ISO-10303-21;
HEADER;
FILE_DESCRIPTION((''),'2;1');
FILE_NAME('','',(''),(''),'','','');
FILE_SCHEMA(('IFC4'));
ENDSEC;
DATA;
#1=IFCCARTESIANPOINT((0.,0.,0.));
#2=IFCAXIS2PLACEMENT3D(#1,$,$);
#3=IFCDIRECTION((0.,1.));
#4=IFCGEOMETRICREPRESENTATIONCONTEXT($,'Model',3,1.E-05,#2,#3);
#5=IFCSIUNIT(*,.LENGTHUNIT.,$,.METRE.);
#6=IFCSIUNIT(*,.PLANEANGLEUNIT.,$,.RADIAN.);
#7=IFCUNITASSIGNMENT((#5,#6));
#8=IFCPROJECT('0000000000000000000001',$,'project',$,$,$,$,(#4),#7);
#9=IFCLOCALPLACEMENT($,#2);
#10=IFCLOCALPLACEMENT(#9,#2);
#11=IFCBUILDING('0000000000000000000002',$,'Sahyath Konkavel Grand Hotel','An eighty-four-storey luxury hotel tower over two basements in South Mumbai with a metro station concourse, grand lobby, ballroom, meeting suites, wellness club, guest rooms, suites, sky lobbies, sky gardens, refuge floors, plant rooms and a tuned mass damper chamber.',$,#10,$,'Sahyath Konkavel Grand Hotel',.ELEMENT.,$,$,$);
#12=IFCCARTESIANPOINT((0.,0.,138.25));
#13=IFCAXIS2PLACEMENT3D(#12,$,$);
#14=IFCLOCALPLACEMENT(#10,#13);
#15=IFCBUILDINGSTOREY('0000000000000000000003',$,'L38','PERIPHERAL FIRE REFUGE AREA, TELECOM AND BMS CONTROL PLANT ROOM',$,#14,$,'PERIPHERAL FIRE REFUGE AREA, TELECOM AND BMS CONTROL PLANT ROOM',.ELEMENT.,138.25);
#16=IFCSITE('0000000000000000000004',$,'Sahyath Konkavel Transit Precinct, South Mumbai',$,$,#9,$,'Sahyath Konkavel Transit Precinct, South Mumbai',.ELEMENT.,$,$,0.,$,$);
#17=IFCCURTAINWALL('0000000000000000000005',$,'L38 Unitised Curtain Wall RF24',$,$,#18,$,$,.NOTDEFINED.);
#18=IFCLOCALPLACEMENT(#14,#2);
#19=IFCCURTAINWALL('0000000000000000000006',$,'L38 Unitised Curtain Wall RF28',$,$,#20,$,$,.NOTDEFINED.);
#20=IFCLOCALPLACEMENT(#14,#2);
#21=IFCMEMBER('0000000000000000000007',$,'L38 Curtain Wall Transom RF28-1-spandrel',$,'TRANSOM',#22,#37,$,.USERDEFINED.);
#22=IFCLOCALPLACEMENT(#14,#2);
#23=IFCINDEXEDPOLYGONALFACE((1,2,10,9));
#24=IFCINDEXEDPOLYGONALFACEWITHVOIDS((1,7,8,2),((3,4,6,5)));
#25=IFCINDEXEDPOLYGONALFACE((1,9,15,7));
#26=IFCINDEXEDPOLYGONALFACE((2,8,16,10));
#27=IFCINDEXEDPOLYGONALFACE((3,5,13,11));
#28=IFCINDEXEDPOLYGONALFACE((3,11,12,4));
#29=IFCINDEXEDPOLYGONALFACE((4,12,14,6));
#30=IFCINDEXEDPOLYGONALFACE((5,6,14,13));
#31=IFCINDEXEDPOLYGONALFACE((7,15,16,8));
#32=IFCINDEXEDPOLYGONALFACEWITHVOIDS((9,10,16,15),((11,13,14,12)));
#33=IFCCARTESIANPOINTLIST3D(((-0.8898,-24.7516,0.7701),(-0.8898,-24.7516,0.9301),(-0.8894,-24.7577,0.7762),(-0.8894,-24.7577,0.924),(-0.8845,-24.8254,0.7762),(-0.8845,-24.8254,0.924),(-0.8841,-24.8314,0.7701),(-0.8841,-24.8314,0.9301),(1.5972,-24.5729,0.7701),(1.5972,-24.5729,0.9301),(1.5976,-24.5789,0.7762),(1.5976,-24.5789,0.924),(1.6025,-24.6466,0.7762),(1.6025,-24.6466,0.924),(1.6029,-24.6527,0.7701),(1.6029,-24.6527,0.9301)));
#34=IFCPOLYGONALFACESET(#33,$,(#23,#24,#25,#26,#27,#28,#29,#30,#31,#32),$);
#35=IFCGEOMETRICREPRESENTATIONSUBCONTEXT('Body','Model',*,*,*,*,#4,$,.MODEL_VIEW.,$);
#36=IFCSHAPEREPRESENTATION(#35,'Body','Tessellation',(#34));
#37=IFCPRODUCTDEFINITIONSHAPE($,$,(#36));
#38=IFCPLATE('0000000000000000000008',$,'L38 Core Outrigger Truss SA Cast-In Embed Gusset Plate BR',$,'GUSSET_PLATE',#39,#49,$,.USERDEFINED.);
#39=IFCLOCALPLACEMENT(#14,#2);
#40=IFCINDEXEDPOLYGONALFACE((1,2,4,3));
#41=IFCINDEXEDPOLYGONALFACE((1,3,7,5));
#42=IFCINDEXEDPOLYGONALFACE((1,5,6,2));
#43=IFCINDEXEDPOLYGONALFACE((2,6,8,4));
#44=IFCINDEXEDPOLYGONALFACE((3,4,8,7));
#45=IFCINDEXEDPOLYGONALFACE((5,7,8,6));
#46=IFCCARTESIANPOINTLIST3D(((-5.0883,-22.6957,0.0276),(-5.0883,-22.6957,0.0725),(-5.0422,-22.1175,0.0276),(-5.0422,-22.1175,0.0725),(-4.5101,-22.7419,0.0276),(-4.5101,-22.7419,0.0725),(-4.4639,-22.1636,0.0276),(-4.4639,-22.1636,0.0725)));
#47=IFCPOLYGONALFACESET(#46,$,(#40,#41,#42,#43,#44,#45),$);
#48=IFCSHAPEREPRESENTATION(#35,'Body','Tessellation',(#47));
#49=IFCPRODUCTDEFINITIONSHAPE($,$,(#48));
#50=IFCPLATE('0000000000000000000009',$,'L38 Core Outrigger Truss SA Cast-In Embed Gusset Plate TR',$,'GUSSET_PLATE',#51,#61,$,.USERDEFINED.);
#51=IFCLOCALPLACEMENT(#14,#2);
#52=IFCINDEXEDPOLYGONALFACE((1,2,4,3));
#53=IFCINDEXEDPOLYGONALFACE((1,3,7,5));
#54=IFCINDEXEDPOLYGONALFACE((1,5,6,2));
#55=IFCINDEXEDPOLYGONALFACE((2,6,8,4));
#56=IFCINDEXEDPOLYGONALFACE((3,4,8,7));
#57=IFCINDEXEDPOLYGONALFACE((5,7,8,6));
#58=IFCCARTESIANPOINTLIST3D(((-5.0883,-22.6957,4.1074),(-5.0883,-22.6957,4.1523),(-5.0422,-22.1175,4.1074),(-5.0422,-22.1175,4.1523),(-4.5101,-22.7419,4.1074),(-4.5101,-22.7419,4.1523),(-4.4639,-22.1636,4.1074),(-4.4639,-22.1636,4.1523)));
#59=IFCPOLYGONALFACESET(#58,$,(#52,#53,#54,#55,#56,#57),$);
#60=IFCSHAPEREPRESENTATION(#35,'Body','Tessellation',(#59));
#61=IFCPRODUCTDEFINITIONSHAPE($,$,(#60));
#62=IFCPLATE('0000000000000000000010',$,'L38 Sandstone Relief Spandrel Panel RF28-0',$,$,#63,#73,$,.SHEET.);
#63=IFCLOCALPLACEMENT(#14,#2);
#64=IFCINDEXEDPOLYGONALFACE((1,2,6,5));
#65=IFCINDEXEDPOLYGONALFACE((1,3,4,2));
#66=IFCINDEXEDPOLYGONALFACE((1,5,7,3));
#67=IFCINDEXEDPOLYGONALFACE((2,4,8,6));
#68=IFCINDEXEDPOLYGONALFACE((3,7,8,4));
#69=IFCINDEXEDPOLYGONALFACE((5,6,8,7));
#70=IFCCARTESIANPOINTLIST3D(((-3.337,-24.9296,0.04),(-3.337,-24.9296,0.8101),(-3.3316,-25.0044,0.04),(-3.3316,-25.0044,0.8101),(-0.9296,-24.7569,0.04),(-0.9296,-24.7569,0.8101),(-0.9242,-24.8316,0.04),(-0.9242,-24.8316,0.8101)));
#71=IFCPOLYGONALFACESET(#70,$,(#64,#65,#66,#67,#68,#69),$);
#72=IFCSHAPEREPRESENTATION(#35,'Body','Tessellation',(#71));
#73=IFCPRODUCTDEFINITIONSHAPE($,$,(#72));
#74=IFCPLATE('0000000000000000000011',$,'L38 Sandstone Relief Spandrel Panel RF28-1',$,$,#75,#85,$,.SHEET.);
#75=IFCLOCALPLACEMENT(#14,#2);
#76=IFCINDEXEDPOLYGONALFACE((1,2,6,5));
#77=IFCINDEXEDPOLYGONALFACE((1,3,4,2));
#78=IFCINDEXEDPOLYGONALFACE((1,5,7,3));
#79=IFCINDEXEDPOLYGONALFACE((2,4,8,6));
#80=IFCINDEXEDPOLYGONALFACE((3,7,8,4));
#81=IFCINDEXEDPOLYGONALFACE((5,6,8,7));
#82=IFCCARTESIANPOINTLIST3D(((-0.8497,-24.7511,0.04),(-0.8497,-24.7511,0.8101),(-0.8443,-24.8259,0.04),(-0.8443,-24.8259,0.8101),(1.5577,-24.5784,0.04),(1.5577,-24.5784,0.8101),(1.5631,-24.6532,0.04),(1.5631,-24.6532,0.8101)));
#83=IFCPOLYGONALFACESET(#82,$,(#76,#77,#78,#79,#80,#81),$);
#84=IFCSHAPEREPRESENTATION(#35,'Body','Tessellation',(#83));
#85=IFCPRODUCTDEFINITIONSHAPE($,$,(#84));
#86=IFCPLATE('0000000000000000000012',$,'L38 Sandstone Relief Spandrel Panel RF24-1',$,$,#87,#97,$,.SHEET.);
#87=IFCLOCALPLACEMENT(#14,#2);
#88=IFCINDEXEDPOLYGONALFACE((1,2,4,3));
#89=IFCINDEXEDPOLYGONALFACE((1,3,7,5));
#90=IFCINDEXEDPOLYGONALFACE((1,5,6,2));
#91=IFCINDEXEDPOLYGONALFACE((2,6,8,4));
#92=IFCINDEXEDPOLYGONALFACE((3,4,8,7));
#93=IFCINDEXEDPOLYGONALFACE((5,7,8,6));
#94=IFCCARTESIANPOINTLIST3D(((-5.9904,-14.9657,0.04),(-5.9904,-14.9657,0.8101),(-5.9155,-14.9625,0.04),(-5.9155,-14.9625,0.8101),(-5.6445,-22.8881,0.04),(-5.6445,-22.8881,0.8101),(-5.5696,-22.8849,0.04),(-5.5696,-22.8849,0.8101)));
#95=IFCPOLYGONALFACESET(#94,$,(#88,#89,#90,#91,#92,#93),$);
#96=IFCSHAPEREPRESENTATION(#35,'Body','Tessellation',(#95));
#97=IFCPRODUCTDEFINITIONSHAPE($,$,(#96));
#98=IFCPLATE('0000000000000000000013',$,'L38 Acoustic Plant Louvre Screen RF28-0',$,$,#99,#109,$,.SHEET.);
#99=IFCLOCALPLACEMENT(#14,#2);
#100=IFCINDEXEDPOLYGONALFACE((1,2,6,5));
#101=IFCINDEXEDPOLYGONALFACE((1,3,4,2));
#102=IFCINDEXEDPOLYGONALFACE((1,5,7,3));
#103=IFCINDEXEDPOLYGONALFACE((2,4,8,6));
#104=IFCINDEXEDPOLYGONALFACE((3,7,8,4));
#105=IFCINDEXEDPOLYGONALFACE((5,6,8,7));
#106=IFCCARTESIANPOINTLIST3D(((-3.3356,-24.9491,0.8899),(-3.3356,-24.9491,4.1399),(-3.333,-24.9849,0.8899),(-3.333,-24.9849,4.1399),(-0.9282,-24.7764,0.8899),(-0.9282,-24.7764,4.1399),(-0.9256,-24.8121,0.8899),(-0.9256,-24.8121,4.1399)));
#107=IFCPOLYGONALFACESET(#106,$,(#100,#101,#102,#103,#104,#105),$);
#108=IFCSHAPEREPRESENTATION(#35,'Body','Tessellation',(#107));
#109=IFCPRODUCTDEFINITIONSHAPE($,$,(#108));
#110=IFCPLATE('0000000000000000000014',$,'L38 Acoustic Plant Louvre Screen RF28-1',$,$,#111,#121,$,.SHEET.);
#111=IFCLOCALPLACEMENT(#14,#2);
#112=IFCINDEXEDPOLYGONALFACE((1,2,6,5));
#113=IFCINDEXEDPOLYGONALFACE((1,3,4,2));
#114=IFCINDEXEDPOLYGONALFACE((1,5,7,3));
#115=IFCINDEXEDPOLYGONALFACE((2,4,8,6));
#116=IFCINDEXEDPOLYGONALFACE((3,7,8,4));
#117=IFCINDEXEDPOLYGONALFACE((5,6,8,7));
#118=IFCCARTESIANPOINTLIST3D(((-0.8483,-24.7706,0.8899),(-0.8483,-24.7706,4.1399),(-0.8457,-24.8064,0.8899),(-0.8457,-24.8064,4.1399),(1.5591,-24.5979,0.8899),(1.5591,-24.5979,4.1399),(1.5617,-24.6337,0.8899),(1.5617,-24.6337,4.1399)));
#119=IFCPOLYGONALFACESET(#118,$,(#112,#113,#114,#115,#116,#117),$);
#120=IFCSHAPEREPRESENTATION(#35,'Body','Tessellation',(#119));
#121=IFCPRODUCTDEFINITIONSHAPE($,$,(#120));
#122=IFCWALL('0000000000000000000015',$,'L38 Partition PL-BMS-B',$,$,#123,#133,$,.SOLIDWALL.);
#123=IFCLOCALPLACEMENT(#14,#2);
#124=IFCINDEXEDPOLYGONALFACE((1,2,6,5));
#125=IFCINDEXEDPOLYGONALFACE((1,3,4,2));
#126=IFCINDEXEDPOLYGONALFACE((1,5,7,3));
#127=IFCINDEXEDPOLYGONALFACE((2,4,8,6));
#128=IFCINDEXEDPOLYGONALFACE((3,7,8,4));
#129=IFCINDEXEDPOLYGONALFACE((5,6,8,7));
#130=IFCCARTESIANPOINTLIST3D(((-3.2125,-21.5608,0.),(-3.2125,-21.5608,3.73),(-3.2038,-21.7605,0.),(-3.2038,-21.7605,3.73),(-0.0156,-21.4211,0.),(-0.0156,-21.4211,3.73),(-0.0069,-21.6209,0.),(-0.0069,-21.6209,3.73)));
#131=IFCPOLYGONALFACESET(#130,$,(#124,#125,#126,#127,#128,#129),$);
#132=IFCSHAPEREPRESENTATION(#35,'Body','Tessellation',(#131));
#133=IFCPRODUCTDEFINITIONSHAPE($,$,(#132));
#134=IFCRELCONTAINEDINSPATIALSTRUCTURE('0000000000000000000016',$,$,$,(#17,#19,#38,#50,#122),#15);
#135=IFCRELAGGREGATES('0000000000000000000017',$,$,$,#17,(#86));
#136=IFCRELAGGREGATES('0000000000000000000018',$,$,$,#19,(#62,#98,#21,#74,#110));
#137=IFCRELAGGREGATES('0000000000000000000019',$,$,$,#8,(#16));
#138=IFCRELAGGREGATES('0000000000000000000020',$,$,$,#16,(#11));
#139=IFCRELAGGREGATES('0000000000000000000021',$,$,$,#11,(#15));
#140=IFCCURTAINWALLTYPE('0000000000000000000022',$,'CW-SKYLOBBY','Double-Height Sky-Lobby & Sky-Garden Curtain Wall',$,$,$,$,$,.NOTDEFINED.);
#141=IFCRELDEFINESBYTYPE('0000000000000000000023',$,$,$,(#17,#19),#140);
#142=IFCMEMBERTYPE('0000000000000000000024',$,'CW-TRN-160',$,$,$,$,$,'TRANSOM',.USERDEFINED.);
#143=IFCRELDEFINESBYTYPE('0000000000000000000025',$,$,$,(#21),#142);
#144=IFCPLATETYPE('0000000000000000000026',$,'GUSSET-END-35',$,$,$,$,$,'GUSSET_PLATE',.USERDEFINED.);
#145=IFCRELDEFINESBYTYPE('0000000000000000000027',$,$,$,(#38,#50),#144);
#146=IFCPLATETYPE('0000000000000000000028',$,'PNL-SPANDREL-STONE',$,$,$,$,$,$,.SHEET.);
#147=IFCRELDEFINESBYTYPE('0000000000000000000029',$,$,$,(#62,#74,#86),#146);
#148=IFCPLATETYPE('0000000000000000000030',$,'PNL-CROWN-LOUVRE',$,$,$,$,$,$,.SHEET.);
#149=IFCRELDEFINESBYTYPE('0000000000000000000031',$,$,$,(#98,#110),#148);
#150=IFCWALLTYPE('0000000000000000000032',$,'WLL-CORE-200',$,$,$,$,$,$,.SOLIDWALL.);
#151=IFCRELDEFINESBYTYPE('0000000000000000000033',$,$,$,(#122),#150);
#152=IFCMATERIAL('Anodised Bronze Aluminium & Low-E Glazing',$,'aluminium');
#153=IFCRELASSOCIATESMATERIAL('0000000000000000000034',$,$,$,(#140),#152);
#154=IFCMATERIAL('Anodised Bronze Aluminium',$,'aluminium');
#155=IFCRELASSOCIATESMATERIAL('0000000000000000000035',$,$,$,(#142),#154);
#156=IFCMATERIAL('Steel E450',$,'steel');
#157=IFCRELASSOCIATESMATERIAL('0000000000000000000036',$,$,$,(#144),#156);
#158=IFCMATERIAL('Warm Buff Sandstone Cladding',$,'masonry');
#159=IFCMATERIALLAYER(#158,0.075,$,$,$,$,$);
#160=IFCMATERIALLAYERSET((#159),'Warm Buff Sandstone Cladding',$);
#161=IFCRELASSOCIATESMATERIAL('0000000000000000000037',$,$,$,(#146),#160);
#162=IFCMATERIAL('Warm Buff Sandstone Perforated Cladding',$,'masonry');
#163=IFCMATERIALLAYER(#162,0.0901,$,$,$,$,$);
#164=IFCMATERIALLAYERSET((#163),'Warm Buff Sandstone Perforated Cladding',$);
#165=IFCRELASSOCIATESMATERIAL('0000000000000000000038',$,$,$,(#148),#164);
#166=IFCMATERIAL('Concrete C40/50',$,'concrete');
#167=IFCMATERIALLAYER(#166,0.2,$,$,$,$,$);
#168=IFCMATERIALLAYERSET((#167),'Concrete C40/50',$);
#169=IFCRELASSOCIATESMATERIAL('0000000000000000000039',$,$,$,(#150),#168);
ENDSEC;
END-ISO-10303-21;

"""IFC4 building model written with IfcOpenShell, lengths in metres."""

from ifc_helpers import new_model, si_unit, direction, frame, frame_2d, origin, origin_2d, place, context, subcontext, project, spatial, rectangle, hollow_rectangle, extrude, source, transform, mapped, material, layer, layer_set, material_profile, profile_set, type_object, element, aggregate, save


model = new_model("IFC4")

# Units and contexts
model_context = context("Model", 3, precision=1e-05, world=origin(), true_north=direction((0.0, 1.0)))
body_context = subcontext(model_context, "Body", "Model", "MODEL_VIEW")
ifc_project = project(units=[si_unit("LENGTHUNIT", "METRE"), si_unit("PLANEANGLEUNIT", "RADIAN")], contexts=[model_context])

# Site, building, storey
site_placement = place(None, origin())
site = spatial("IfcSite", under=ifc_project, at=site_placement, Name="Sahyath Konkavel Transit Precinct, South Mumbai", LongName="Sahyath Konkavel Transit Precinct, South Mumbai", CompositionType="ELEMENT", RefElevation=0.0)
building_placement = place(site_placement, origin())
building = spatial("IfcBuilding", under=site, at=building_placement, Name="Sahyath Konkavel Grand Hotel", Description="An eighty-four-storey luxury hotel tower over two basements in South Mumbai with a metro station concourse, grand lobby, ballroom, meeting suites, wellness club, guest rooms, suites, sky lobbies, sky gardens, refuge floors, plant rooms and a tuned mass damper chamber.", LongName="Sahyath Konkavel Grand Hotel", CompositionType="ELEMENT")
storey_placement = place(building_placement, frame((0.0, 0.0, 138.25)))
storey = spatial("IfcBuildingStorey", under=building, at=storey_placement, Name="L38", Description="PERIPHERAL FIRE REFUGE AREA, TELECOM AND BMS CONTROL PLANT ROOM", LongName="PERIPHERAL FIRE REFUGE AREA, TELECOM AND BMS CONTROL PLANT ROOM", CompositionType="ELEMENT", Elevation=138.25)

# Shared definitions
ifc_material_1 = material(Name="Steel E450", Category="steel")

# Curtain wall
ifc_material_2 = material(Name="Anodised Bronze Aluminium & Low-E Glazing", Category="aluminium")
curtain_wall_type = type_object("IfcCurtainWallType", Name="CW-SKYLOBBY", Description="Double-Height Sky-Lobby & Sky-Garden Curtain Wall", PredefinedType="NOTDEFINED", material=ifc_material_2)
curtain_wall_1_placement = place(storey_placement, origin())
curtain_wall_1 = element("IfcCurtainWall", 1, at=curtain_wall_1_placement, inside=storey, type_object=curtain_wall_type, Name="L38 Unitised Curtain Wall RF24", PredefinedType="NOTDEFINED")
ifc_material_3 = material(Name="Anodised Bronze Aluminium", Category="aluminium")

# Curtain wall, member
curtain_wall_2_placement = place(storey_placement, origin())
curtain_wall_2 = element("IfcCurtainWall", 2, at=curtain_wall_2_placement, inside=storey, type_object=curtain_wall_type, Name="L38 Unitised Curtain Wall RF28", PredefinedType="NOTDEFINED")
ifc_material_profile_1 = material_profile(ifc_material_3, hollow_rectangle(XDim=0.0801, YDim=0.1599, WallThickness=0.0061, at=origin_2d()), Name="RHS 160x80x6")
ifc_profile_set_1 = profile_set([ifc_material_profile_1], Name="Anodised Bronze Aluminium")
member_type_1 = type_object("IfcMemberType", Name="CW-TRN-160", ElementType="TRANSOM", PredefinedType="USERDEFINED", material=ifc_profile_set_1)
shared_shape_1 = source(origin(), body_context, "Body", "SweptSolid", [
    extrude(hollow_rectangle(XDim=0.0801, YDim=0.1599, WallThickness=0.0061, at=origin_2d()), origin(), (0.0, 0.0, 1.0), 2.4934),
])
member_1_placement = place(storey_placement, frame((-0.887, -24.7915, 0.8501), z_axis=(0.997428, 0.071671, 0.0), x_axis=(-0.071671, 0.997428, 0.0)))
member_1 = element("IfcMember", 3, at=member_1_placement, type_object=member_type_1, Name="L38 Curtain Wall Transom RF28-1-spandrel", ObjectType="TRANSOM", PredefinedType="USERDEFINED", context=body_context, shape_type="MappedRepresentation", body=[
    mapped(shared_shape_1, transform((0.0, 0.0, 0.0), scale=1.0)),
])

# Plates
plate_type_1 = type_object("IfcPlateType", Name="GUSSET-END-35", ElementType="GUSSET_PLATE", PredefinedType="USERDEFINED", material=ifc_material_1)
shared_shape_2 = source(origin(), body_context, "Body", "SweptSolid", [
    extrude(rectangle(XDim=0.5801, YDim=0.5801, at=origin_2d()), origin(), (0.0, 0.0, 1.0), 0.0449),
])
for number, where, z_axis, x_axis, name in (
    (4, (-4.7761, -22.4297, 0.0276), (0.0, 0.0, 1.0), (-0.079573, -0.996829, 0.0), "L38 Core Outrigger Truss SA Cast-In Embed Gusset Plate BR"),
    (5, (-4.7761, -22.4297, 4.1074), (0.0, 0.0, 1.0), (-0.079573, -0.996829, 0.0), "L38 Core Outrigger Truss SA Cast-In Embed Gusset Plate TR"),
):
    element("IfcPlate", number, at=place(storey_placement, frame(where, z_axis=z_axis, x_axis=x_axis)), inside=storey, type_object=plate_type_1, Name=name, ObjectType="GUSSET_PLATE", PredefinedType="USERDEFINED", context=body_context, shape_type="MappedRepresentation", body=[
        mapped(shared_shape_2, transform((0.0, 0.0, 0.0), scale=1.0)),
    ])

# Plates
ifc_material_4 = material(Name="Warm Buff Sandstone Cladding", Category="masonry")
ifc_layer_1 = layer(ifc_material_4, 0.075)
ifc_layer_set_1 = layer_set([ifc_layer_1], Name="Warm Buff Sandstone Cladding")
plate_type_2 = type_object("IfcPlateType", Name="PNL-SPANDREL-STONE", PredefinedType="SHEET", material=ifc_layer_set_1)
shared_shape_3 = source(origin(), body_context, "Body", "SweptSolid", [
    extrude(rectangle(XDim=2.4136, YDim=0.075, at=origin_2d()), origin(), (0.0, 0.0, 1.0), 0.77),
])
plate_1_placement = place(storey_placement, frame((-2.1306, -24.8806, 0.04), z_axis=(0.0, 0.0, 1.0), x_axis=(0.997436, 0.071567, 0.0)))
plate_1 = element("IfcPlate", 6, at=plate_1_placement, type_object=plate_type_2, Name="L38 Sandstone Relief Spandrel Panel RF28-0", PredefinedType="SHEET", context=body_context, shape_type="MappedRepresentation", body=[
    mapped(shared_shape_3, transform((0.0, 0.0, 0.0), scale=1.0)),
])
plate_2_placement = place(storey_placement, frame((0.3567, -24.7021, 0.04), z_axis=(0.0, 0.0, 1.0), x_axis=(0.997436, 0.071567, 0.0)))
plate_2 = element("IfcPlate", 7, at=plate_2_placement, type_object=plate_type_2, Name="L38 Sandstone Relief Spandrel Panel RF28-1", PredefinedType="SHEET", context=body_context, shape_type="MappedRepresentation", body=[
    mapped(shared_shape_3, transform((0.0, 0.0, 0.0), scale=1.0)),
])
shared_shape_4 = source(origin(), body_context, "Body", "SweptSolid", [
    extrude(rectangle(XDim=7.9299, YDim=0.075, at=origin_2d()), origin(), (0.0, 0.0, 1.0), 0.77),
])
plate_3_placement = place(storey_placement, frame((-5.78, -18.9253, 0.04), z_axis=(0.0, 0.0, 1.0), x_axis=(0.043619, -0.999048, 0.0)))
plate_3 = element("IfcPlate", 8, at=plate_3_placement, type_object=plate_type_2, Name="L38 Sandstone Relief Spandrel Panel RF24-1", PredefinedType="SHEET", context=body_context, shape_type="MappedRepresentation", body=[
    mapped(shared_shape_4, transform((0.0, 0.0, 0.0), scale=1.0)),
])
aggregate(curtain_wall_1, [plate_3])
ifc_material_5 = material(Name="Warm Buff Sandstone Perforated Cladding", Category="masonry")
ifc_layer_2 = layer(ifc_material_5, 0.0901)
ifc_layer_set_2 = layer_set([ifc_layer_2], Name="Warm Buff Sandstone Perforated Cladding")
plate_type_3 = type_object("IfcPlateType", Name="PNL-CROWN-LOUVRE", PredefinedType="SHEET", material=ifc_layer_set_2)
shared_shape_5 = source(origin(), body_context, "Body", "SweptSolid", [
    extrude(rectangle(XDim=2.4136, YDim=0.0359, at=origin_2d()), origin(), (0.0, 0.0, 1.0), 3.25),
])
plate_4_placement = place(storey_placement, frame((-2.1306, -24.8806, 0.8899), z_axis=(0.0, 0.0, 1.0), x_axis=(0.997436, 0.071567, 0.0)))
plate_4 = element("IfcPlate", 9, at=plate_4_placement, type_object=plate_type_3, Name="L38 Acoustic Plant Louvre Screen RF28-0", PredefinedType="SHEET", context=body_context, shape_type="MappedRepresentation", body=[
    mapped(shared_shape_5, transform((0.0, 0.0, 0.0), scale=1.0)),
])
plate_5_placement = place(storey_placement, frame((0.3567, -24.7021, 0.8899), z_axis=(0.0, 0.0, 1.0), x_axis=(0.997436, 0.071567, 0.0)))
plate_5 = element("IfcPlate", 10, at=plate_5_placement, type_object=plate_type_3, Name="L38 Acoustic Plant Louvre Screen RF28-1", PredefinedType="SHEET", context=body_context, shape_type="MappedRepresentation", body=[
    mapped(shared_shape_5, transform((0.0, 0.0, 0.0), scale=1.0)),
])
aggregate(curtain_wall_2, [plate_1, plate_4, member_1, plate_2, plate_5])

# Wall
ifc_material_6 = material(Name="Concrete C40/50", Category="concrete")
ifc_layer_3 = layer(ifc_material_6, 0.2)
ifc_layer_set_3 = layer_set([ifc_layer_3], Name="Concrete C40/50")
wall_type = type_object("IfcWallType", Name="WLL-CORE-200", PredefinedType="SOLIDWALL", material=ifc_layer_set_3)
wall_placement = place(storey_placement, frame((-3.2083, -21.6606, 0.0), z_axis=(0.0, 0.0, 1.0), x_axis=(0.999047, 0.043639, 0.0)))
element("IfcWall", 11, at=wall_placement, inside=storey, type_object=wall_type, Name="L38 Partition PL-BMS-B", PredefinedType="SOLIDWALL", context=body_context, shape_type="SweptSolid", body=[
    extrude(rectangle(XDim=3.2, YDim=0.2, at=frame_2d((1.6001, 0.0))), origin(), (0.0, 0.0, 1.0), 3.73),
])

save(model, "model.ifc")
